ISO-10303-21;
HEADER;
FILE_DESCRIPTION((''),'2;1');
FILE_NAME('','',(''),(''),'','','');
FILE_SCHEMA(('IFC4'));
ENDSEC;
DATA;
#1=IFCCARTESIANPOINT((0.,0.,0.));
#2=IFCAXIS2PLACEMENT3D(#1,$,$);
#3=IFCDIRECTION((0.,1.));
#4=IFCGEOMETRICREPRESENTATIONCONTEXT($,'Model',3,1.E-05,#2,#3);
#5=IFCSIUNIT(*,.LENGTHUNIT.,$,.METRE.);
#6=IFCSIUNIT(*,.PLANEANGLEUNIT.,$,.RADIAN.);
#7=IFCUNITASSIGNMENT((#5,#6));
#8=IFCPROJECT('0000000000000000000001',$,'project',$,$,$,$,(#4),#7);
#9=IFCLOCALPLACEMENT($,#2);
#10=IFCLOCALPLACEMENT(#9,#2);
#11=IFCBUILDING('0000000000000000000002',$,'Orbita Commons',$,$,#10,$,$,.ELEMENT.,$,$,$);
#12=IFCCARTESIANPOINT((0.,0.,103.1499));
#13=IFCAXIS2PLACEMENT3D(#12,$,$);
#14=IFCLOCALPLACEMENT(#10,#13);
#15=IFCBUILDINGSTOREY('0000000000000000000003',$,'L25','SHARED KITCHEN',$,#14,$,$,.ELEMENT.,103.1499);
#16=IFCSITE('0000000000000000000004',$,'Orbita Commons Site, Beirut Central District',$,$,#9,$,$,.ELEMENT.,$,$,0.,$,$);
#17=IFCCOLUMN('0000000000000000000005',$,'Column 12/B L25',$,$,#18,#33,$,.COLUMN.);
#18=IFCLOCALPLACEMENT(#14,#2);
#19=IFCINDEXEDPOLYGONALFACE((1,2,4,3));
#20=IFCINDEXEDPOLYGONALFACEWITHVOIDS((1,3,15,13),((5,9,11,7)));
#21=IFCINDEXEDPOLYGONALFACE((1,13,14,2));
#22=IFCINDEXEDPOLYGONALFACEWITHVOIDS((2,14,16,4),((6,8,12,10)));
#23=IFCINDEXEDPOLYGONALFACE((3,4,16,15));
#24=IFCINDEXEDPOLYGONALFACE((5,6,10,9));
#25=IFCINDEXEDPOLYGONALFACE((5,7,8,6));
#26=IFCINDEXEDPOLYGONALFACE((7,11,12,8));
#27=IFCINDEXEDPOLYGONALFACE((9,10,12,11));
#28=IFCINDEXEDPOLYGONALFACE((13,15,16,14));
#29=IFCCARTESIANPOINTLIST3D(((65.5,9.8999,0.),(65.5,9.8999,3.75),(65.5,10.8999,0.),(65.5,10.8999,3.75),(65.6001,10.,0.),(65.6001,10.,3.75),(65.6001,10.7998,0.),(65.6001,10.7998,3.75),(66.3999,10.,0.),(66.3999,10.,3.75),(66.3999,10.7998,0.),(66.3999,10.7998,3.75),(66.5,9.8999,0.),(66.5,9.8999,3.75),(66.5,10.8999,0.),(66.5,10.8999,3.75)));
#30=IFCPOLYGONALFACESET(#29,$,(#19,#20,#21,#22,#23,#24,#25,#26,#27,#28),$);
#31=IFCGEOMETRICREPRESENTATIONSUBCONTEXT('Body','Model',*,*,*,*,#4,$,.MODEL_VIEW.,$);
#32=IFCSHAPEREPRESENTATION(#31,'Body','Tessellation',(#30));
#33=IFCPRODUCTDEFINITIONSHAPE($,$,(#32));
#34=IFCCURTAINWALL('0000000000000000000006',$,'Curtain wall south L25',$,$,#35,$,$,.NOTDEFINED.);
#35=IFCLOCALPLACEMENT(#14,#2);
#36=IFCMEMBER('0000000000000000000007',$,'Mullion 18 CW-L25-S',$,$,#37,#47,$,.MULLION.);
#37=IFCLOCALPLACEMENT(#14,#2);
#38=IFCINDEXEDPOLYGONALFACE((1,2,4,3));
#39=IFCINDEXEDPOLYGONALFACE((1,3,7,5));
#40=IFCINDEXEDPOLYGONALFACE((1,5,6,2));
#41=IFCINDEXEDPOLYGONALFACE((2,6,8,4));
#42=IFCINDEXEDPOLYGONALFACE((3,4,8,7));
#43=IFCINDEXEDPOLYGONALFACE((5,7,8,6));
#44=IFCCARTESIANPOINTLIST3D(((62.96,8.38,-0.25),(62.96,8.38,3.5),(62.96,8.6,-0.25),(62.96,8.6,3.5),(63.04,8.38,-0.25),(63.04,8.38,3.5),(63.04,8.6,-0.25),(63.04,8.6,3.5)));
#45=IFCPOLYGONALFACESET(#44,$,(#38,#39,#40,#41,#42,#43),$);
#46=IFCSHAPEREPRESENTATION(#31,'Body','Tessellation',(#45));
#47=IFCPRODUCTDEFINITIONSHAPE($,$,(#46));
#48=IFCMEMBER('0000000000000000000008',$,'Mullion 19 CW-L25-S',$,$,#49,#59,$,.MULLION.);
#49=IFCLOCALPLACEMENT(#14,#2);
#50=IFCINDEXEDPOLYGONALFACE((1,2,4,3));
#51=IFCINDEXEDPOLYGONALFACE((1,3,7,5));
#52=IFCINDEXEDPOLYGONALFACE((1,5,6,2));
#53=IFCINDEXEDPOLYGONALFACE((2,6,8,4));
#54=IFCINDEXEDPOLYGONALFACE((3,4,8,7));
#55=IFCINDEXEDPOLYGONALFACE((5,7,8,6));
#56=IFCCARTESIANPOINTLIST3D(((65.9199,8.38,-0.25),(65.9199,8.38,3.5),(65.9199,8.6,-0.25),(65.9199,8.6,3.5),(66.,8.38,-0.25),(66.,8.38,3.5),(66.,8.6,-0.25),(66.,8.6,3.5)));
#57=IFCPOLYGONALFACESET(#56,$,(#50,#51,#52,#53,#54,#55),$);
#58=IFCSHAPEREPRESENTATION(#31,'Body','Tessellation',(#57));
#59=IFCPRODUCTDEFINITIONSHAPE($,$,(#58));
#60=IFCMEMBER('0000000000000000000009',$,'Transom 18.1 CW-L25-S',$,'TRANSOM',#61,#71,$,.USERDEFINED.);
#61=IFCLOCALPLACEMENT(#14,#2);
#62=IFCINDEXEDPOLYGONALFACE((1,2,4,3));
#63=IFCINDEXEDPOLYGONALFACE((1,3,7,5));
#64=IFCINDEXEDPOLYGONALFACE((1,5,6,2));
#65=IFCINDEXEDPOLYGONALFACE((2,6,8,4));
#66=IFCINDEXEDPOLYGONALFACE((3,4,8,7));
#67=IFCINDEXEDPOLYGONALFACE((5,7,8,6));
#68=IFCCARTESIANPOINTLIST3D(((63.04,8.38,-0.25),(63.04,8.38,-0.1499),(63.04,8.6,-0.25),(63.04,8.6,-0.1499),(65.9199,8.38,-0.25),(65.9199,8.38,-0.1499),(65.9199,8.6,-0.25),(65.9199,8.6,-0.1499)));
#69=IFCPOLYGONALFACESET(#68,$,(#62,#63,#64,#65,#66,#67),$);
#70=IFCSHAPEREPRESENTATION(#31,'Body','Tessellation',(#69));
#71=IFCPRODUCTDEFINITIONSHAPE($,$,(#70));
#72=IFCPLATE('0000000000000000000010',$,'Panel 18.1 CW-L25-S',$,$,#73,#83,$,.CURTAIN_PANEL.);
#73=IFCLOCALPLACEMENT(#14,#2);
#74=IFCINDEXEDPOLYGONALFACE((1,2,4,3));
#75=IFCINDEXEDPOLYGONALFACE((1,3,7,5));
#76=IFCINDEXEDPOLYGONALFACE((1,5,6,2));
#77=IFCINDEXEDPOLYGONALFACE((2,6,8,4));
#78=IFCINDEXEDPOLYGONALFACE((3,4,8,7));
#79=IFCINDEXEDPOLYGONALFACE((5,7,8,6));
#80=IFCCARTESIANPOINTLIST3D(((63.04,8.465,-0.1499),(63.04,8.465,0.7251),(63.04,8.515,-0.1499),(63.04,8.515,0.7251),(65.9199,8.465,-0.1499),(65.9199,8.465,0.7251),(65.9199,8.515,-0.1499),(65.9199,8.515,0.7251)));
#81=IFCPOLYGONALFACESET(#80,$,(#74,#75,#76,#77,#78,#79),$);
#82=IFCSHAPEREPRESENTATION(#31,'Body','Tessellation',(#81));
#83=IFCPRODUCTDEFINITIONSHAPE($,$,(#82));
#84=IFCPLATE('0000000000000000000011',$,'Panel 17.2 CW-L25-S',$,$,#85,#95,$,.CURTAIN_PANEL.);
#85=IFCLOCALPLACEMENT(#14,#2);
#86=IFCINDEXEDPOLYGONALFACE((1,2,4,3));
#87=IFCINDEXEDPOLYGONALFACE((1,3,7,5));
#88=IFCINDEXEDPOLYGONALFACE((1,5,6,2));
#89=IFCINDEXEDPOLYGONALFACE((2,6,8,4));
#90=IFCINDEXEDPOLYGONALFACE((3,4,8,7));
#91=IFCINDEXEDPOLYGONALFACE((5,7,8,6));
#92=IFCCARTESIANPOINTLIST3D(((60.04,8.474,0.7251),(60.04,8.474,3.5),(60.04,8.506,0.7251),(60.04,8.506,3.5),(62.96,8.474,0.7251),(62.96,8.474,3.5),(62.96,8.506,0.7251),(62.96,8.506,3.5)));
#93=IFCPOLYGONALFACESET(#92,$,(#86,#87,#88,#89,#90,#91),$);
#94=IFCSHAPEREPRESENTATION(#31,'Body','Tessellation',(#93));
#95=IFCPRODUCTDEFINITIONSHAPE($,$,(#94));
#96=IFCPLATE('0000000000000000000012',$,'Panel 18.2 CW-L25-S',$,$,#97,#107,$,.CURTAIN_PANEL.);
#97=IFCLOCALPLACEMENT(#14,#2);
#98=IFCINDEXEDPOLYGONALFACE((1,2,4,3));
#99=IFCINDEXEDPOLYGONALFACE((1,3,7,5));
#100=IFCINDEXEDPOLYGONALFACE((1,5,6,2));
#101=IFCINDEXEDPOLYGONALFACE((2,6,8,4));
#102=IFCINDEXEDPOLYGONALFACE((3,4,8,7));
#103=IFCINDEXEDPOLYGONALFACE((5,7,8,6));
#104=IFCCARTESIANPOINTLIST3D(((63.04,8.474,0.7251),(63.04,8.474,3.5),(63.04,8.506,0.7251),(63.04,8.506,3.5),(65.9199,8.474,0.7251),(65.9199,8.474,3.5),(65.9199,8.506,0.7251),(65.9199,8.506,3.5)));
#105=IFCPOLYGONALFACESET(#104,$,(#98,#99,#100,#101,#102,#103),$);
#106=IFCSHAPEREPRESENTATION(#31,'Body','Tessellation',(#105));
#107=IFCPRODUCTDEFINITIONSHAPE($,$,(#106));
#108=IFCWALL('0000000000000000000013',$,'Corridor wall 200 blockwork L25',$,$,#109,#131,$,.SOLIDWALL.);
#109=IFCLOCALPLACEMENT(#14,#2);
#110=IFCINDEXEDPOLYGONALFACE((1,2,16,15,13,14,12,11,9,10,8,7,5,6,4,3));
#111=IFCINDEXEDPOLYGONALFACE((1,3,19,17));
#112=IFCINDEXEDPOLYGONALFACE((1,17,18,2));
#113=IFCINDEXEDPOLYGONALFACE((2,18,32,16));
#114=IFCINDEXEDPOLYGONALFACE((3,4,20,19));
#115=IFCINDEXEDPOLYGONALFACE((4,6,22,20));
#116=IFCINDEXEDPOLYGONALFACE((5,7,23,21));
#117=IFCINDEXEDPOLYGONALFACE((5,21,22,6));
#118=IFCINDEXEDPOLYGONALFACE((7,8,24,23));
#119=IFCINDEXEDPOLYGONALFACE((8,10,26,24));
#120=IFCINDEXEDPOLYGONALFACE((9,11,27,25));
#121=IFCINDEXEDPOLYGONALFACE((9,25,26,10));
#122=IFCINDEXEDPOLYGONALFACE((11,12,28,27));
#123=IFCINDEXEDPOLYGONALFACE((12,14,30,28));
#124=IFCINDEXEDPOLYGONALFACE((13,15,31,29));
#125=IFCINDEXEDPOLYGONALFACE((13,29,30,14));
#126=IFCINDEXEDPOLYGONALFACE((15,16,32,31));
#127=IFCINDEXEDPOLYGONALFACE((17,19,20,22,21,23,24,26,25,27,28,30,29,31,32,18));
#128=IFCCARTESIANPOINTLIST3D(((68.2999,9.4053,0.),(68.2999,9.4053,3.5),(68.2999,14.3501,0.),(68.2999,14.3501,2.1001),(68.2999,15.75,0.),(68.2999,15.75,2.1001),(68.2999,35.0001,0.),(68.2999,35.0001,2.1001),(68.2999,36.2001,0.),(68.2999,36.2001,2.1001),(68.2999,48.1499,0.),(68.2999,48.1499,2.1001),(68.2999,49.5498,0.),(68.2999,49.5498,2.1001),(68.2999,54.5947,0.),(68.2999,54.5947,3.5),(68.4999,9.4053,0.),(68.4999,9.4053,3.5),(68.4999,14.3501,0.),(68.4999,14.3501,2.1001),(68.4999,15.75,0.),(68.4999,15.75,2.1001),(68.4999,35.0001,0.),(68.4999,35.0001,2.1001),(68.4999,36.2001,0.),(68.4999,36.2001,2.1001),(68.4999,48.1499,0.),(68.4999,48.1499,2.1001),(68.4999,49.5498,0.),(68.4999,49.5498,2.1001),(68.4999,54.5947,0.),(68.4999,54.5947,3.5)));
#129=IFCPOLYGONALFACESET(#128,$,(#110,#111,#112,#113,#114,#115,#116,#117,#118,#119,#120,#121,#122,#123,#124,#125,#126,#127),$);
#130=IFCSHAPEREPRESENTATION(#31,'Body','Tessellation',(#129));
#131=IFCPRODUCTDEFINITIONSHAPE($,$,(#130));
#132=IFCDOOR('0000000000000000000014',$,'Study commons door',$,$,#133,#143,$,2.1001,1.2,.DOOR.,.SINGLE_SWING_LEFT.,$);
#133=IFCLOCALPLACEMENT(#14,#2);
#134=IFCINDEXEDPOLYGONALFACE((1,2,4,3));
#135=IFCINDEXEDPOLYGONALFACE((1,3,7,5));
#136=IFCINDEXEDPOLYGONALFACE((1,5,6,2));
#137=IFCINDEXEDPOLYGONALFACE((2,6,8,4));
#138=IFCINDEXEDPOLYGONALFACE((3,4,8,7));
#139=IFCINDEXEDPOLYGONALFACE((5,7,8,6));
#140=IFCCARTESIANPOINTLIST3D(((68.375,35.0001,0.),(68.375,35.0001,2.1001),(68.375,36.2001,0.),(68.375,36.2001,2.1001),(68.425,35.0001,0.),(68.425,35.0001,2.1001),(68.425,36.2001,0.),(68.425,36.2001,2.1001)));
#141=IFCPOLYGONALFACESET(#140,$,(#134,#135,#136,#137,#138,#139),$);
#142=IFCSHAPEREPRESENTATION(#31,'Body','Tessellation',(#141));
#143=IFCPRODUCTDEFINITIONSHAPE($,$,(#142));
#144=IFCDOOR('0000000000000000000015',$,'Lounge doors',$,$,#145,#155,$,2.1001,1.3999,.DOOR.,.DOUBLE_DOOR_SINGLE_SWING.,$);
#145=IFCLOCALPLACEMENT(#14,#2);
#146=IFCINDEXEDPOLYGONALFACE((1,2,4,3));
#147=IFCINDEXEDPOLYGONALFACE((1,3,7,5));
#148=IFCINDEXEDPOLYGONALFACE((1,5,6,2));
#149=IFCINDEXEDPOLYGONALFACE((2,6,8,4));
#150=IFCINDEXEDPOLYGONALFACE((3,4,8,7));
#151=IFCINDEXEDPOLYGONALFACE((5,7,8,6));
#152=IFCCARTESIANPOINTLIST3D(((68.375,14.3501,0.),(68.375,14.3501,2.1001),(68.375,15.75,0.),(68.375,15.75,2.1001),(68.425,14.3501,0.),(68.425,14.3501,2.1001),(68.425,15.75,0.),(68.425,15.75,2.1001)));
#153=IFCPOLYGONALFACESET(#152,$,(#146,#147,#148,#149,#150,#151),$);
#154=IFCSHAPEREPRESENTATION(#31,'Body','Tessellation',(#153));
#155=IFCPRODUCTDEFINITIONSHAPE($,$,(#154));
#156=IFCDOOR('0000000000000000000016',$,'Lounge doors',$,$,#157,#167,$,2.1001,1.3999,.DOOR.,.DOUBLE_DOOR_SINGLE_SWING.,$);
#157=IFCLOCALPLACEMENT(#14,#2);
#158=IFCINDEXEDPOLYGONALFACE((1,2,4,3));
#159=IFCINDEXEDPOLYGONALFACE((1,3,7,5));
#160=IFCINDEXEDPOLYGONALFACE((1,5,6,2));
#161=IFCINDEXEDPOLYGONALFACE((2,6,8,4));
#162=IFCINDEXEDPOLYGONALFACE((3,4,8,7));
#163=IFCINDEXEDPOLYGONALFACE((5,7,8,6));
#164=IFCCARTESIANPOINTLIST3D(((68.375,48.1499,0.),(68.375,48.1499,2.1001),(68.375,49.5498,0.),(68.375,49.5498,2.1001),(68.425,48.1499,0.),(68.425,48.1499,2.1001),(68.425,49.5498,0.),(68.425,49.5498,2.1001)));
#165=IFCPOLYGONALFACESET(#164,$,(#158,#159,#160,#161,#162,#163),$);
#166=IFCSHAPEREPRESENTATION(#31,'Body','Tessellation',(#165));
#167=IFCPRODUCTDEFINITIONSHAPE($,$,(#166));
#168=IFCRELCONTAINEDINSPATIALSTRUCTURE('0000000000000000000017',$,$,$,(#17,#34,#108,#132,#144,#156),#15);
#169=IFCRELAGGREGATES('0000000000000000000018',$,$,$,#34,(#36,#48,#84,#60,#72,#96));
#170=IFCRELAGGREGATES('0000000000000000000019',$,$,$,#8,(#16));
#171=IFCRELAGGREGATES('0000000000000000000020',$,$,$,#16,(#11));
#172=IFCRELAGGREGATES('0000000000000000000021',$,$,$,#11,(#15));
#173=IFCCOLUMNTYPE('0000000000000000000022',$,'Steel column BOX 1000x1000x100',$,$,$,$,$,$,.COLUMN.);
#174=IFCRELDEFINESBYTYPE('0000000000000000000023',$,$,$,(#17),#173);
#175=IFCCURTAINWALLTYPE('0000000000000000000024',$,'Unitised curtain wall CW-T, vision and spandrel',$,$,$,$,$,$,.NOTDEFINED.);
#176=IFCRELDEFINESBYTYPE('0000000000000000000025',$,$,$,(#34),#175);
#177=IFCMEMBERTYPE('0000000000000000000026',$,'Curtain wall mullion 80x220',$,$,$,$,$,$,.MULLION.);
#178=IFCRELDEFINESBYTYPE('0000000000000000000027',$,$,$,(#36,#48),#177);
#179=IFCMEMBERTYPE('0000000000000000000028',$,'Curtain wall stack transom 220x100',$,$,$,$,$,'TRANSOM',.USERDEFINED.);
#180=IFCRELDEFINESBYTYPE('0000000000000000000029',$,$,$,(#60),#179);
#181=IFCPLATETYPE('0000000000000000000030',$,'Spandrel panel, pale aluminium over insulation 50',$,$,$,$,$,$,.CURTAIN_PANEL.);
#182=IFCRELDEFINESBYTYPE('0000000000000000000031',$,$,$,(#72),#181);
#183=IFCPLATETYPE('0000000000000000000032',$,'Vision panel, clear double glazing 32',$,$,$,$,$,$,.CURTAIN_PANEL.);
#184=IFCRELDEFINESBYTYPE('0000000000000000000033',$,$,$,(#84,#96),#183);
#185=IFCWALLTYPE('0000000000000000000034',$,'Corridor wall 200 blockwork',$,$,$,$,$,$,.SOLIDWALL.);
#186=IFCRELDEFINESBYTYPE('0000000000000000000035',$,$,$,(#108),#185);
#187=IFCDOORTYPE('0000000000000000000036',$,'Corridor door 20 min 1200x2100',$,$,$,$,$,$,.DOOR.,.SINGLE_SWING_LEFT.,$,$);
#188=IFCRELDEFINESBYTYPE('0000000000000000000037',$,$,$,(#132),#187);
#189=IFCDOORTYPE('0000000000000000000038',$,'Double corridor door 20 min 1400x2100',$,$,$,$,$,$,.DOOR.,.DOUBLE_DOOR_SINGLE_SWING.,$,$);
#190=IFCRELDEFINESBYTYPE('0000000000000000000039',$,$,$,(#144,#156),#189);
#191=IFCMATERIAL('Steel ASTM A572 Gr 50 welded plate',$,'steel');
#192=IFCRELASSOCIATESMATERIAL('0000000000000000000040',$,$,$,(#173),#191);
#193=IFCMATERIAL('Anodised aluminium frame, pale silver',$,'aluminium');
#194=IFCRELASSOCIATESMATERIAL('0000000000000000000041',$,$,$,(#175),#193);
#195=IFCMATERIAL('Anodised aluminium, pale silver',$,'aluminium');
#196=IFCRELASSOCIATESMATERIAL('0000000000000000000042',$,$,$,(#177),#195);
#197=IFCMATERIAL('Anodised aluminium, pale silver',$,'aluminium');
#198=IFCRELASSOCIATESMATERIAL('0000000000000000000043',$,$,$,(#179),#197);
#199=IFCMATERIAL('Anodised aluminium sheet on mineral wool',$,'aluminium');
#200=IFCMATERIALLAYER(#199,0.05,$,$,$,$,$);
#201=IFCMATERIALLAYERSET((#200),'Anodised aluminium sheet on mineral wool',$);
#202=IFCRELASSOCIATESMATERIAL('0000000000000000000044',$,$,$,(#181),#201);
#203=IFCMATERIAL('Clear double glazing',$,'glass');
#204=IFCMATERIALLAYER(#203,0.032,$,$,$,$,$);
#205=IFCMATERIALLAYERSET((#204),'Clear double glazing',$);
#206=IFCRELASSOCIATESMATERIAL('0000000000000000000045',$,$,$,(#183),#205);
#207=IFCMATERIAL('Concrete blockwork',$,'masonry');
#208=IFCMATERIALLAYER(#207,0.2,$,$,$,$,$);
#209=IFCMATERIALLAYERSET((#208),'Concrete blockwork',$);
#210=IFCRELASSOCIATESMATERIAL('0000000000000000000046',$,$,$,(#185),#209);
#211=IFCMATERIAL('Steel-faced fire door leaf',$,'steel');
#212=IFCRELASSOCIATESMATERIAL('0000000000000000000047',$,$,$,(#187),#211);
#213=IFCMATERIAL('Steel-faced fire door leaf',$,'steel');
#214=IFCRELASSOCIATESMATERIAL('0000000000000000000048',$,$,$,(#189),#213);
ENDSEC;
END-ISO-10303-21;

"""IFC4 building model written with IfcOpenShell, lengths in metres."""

from ifc_helpers import new_model, si_unit, direction, frame, frame_2d, origin, origin_2d, place, context, subcontext, project, spatial, rectangle, hollow_rectangle, extrude, material, layer, layer_set, material_profile, profile_set, type_object, element, fill, aggregate, save


model = new_model("IFC4")

# Units and contexts
model_context = context("Model", 3, precision=1e-05, world=origin(), true_north=direction((0.0, 1.0)))
body_context = subcontext(model_context, "Body", "Model", "MODEL_VIEW")
ifc_project = project(units=[si_unit("LENGTHUNIT", "METRE"), si_unit("PLANEANGLEUNIT", "RADIAN")], contexts=[model_context])

# Site, building, storey
site_placement = place(None, origin())
site = spatial("IfcSite", under=ifc_project, at=site_placement, Name="Orbita Commons Site, Beirut Central District", CompositionType="ELEMENT", RefElevation=0.0)
building_placement = place(site_placement, origin())
building = spatial("IfcBuilding", under=site, at=building_placement, Name="Orbita Commons", CompositionType="ELEMENT")
storey_placement = place(building_placement, frame((0.0, 0.0, 103.1499)))
storey = spatial("IfcBuildingStorey", under=building, at=storey_placement, Name="L25", Description="SHARED KITCHEN", CompositionType="ELEMENT", Elevation=103.1499)

# Column
ifc_material_1 = material(Name="Steel ASTM A572 Gr 50 welded plate", Category="steel")
ifc_material_profile_1 = material_profile(ifc_material_1, hollow_rectangle(XDim=1.0, YDim=1.0, WallThickness=0.1001, at=origin_2d()), Name="BOX 1000x1000x100")
ifc_profile_set_1 = profile_set([ifc_material_profile_1], Name="Steel ASTM A572 Gr 50 welded plate")
column_type = type_object("IfcColumnType", Name="Steel column BOX 1000x1000x100", PredefinedType="COLUMN", material=ifc_profile_set_1)
column_placement = place(storey_placement, frame((66.0, 10.3999, 0.0), z_axis=(0.0, 0.0, 1.0), x_axis=(1.0, 0.0, 0.0)))
element("IfcColumn", 1, at=column_placement, inside=storey, type_object=column_type, Name="Column 12/B L25", PredefinedType="COLUMN", context=body_context, shape_type="SweptSolid", body=[
    extrude(hollow_rectangle(XDim=1.0, YDim=1.0, WallThickness=0.1001, at=origin_2d()), origin(), (0.0, 0.0, 1.0), 3.75),
])

# Curtain wall, members, plates
ifc_material_2 = material(Name="Anodised aluminium frame, pale silver", Category="aluminium")
curtain_wall_type = type_object("IfcCurtainWallType", Name="Unitised curtain wall CW-T, vision and spandrel", PredefinedType="NOTDEFINED", material=ifc_material_2)
curtain_wall_placement = place(storey_placement, origin())
curtain_wall = element("IfcCurtainWall", 2, at=curtain_wall_placement, inside=storey, type_object=curtain_wall_type, Name="Curtain wall south L25", PredefinedType="NOTDEFINED")
ifc_material_3 = material(Name="Anodised aluminium, pale silver", Category="aluminium")
ifc_material_profile_2 = material_profile(ifc_material_3, rectangle(XDim=0.0801, YDim=0.22, at=origin_2d()), Name="AL 80x220")
ifc_profile_set_2 = profile_set([ifc_material_profile_2], Name="Anodised aluminium, pale silver")
member_type_1 = type_object("IfcMemberType", Name="Curtain wall mullion 80x220", PredefinedType="MULLION", material=ifc_profile_set_2)
member_1_placement = place(storey_placement, frame((63.0, 8.49, -0.25), z_axis=(0.0, 0.0, 1.0), x_axis=(1.0, 0.0, 0.0)))
member_1 = element("IfcMember", 3, at=member_1_placement, type_object=member_type_1, Name="Mullion 18 CW-L25-S", PredefinedType="MULLION", context=body_context, shape_type="SweptSolid", body=[
    extrude(rectangle(XDim=0.0801, YDim=0.22, at=origin_2d()), origin(), (0.0, 0.0, 1.0), 3.75),
])
member_2_placement = place(storey_placement, frame((65.96, 8.49, -0.25), z_axis=(0.0, 0.0, 1.0), x_axis=(1.0, 0.0, 0.0)))
member_2 = element("IfcMember", 4, at=member_2_placement, type_object=member_type_1, Name="Mullion 19 CW-L25-S", PredefinedType="MULLION", context=body_context, shape_type="SweptSolid", body=[
    extrude(rectangle(XDim=0.0801, YDim=0.22, at=origin_2d()), origin(), (0.0, 0.0, 1.0), 3.75),
])
ifc_material_4 = material(Name="Anodised aluminium, pale silver", Category="aluminium")
ifc_material_profile_3 = material_profile(ifc_material_4, rectangle(XDim=0.22, YDim=0.1001, at=origin_2d()), Name="AL 220x100")
ifc_profile_set_3 = profile_set([ifc_material_profile_3], Name="Anodised aluminium, pale silver")
member_type_2 = type_object("IfcMemberType", Name="Curtain wall stack transom 220x100", ElementType="TRANSOM", PredefinedType="USERDEFINED", material=ifc_profile_set_3)
member_3_placement = place(storey_placement, frame((63.04, 8.49, -0.2), z_axis=(1.0, 0.0, 0.0), x_axis=(0.0, 1.0, 0.0)))
member_3 = element("IfcMember", 5, at=member_3_placement, type_object=member_type_2, Name="Transom 18.1 CW-L25-S", ObjectType="TRANSOM", PredefinedType="USERDEFINED", context=body_context, shape_type="SweptSolid", body=[
    extrude(rectangle(XDim=0.22, YDim=0.1001, at=origin_2d()), origin(), (0.0, 0.0, 1.0), 2.8799),
])
ifc_material_5 = material(Name="Anodised aluminium sheet on mineral wool", Category="aluminium")
ifc_layer_1 = layer(ifc_material_5, 0.05)
ifc_layer_set_1 = layer_set([ifc_layer_1], Name="Anodised aluminium sheet on mineral wool")
plate_type_1 = type_object("IfcPlateType", Name="Spandrel panel, pale aluminium over insulation 50", PredefinedType="CURTAIN_PANEL", material=ifc_layer_set_1)
plate_1_placement = place(storey_placement, frame((64.48, 8.49, -0.1499), z_axis=(0.0, 0.0, 1.0), x_axis=(1.0, 0.0, 0.0)))
plate_1 = element("IfcPlate", 6, at=plate_1_placement, type_object=plate_type_1, Name="Panel 18.1 CW-L25-S", PredefinedType="CURTAIN_PANEL", context=body_context, shape_type="SweptSolid", body=[
    extrude(rectangle(XDim=2.8799, YDim=0.05, at=origin_2d()), origin(), (0.0, 0.0, 1.0), 0.875),
])
ifc_material_6 = material(Name="Clear double glazing", Category="glass")
ifc_layer_2 = layer(ifc_material_6, 0.032)
ifc_layer_set_2 = layer_set([ifc_layer_2], Name="Clear double glazing")
plate_type_2 = type_object("IfcPlateType", Name="Vision panel, clear double glazing 32", PredefinedType="CURTAIN_PANEL", material=ifc_layer_set_2)
plate_2_placement = place(storey_placement, frame((61.5, 8.49, 0.7251), z_axis=(0.0, 0.0, 1.0), x_axis=(1.0, 0.0, 0.0)))
plate_2 = element("IfcPlate", 7, at=plate_2_placement, type_object=plate_type_2, Name="Panel 17.2 CW-L25-S", PredefinedType="CURTAIN_PANEL", context=body_context, shape_type="SweptSolid", body=[
    extrude(rectangle(XDim=2.9199, YDim=0.032, at=origin_2d()), origin(), (0.0, 0.0, 1.0), 2.7749),
])
plate_3_placement = place(storey_placement, frame((64.48, 8.49, 0.7251), z_axis=(0.0, 0.0, 1.0), x_axis=(1.0, 0.0, 0.0)))
plate_3 = element("IfcPlate", 8, at=plate_3_placement, type_object=plate_type_2, Name="Panel 18.2 CW-L25-S", PredefinedType="CURTAIN_PANEL", context=body_context, shape_type="SweptSolid", body=[
    extrude(rectangle(XDim=2.8799, YDim=0.032, at=origin_2d()), origin(), (0.0, 0.0, 1.0), 2.7749),
])
aggregate(curtain_wall, [member_1, member_2, plate_2, member_3, plate_1, plate_3])

# Wall, openings, doors
ifc_material_7 = material(Name="Concrete blockwork", Category="masonry")
ifc_layer_3 = layer(ifc_material_7, 0.2)
ifc_layer_set_3 = layer_set([ifc_layer_3], Name="Concrete blockwork")
wall_type_1 = type_object("IfcWallType", Name="Corridor wall 200 blockwork", PredefinedType="SOLIDWALL", material=ifc_layer_set_3)
wall_1_placement = place(storey_placement, frame((68.3999, 9.4053, 0.0), z_axis=(0.0, 0.0, 1.0), x_axis=(0.0, 1.0, 0.0)))
wall_1 = element("IfcWall", 9, at=wall_1_placement, inside=storey, type_object=wall_type_1, Name="Corridor wall 200 blockwork L25", PredefinedType="SOLIDWALL", context=body_context, shape_type="SweptSolid", body=[
    extrude(rectangle(XDim=45.1895, YDim=0.2, at=frame_2d((22.5947, 0.0))), origin(), (0.0, 0.0, 1.0), 3.5),
])
opening_1_placement = place(wall_1_placement, frame((25.5947, 0.0, 0.0)))
opening_1 = element("IfcOpeningElement", 10, at=opening_1_placement, cuts=wall_1, PredefinedType="OPENING", context=body_context, shape_type="SweptSolid", body=[
    extrude(rectangle(XDim=1.2, YDim=2.1001, at=frame_2d((0.6001, 1.05))), frame((0.0, 0.1099, 0.0), z_axis=(0.0, -1.0, 0.0), x_axis=(1.0, 0.0, 0.0)), (0.0, 0.0, 1.0), 0.22),
])
opening_2_placement = place(wall_1_placement, frame((4.9448, 0.0, 0.0)))
opening_2 = element("IfcOpeningElement", 11, at=opening_2_placement, cuts=wall_1, PredefinedType="OPENING", context=body_context, shape_type="SweptSolid", body=[
    extrude(rectangle(XDim=1.3999, YDim=2.1001, at=frame_2d((0.7, 1.05))), frame((0.0, 0.1099, 0.0), z_axis=(0.0, -1.0, 0.0), x_axis=(1.0, 0.0, 0.0)), (0.0, 0.0, 1.0), 0.22),
])
opening_3_placement = place(wall_1_placement, frame((38.7446, 0.0, 0.0)))
opening_3 = element("IfcOpeningElement", 12, at=opening_3_placement, cuts=wall_1, PredefinedType="OPENING", context=body_context, shape_type="SweptSolid", body=[
    extrude(rectangle(XDim=1.3999, YDim=2.1001, at=frame_2d((0.7, 1.05))), frame((0.0, 0.1099, 0.0), z_axis=(0.0, -1.0, 0.0), x_axis=(1.0, 0.0, 0.0)), (0.0, 0.0, 1.0), 0.22),
])
ifc_material_8 = material(Name="Steel-faced fire door leaf", Category="steel")
door_type_1 = type_object("IfcDoorType", Name="Corridor door 20 min 1200x2100", OperationType="SINGLE_SWING_LEFT", PredefinedType="DOOR", material=ifc_material_8)
door_1_placement = place(opening_1_placement, origin())
door_1 = element("IfcDoor", 13, at=door_1_placement, inside=storey, type_object=door_type_1, Name="Study commons door", OperationType="SINGLE_SWING_LEFT", OverallHeight=2.1001, OverallWidth=1.2, PredefinedType="DOOR", context=body_context, shape_type="SweptSolid", body=[
    extrude(rectangle(XDim=1.2, YDim=2.1001, at=frame_2d((0.6001, 1.05))), frame((0.0, 0.0249, 0.0), z_axis=(0.0, -1.0, 0.0), x_axis=(1.0, 0.0, 0.0)), (0.0, 0.0, 1.0), 0.05),
])
fill(opening_1, door_1)
ifc_material_9 = material(Name="Steel-faced fire door leaf", Category="steel")
door_type_2 = type_object("IfcDoorType", Name="Double corridor door 20 min 1400x2100", OperationType="DOUBLE_DOOR_SINGLE_SWING", PredefinedType="DOOR", material=ifc_material_9)
door_2_placement = place(opening_2_placement, origin())
door_2 = element("IfcDoor", 14, at=door_2_placement, inside=storey, type_object=door_type_2, Name="Lounge doors", OperationType="DOUBLE_DOOR_SINGLE_SWING", OverallHeight=2.1001, OverallWidth=1.3999, PredefinedType="DOOR", context=body_context, shape_type="SweptSolid", body=[
    extrude(rectangle(XDim=1.3999, YDim=2.1001, at=frame_2d((0.7, 1.05))), frame((0.0, 0.0249, 0.0), z_axis=(0.0, -1.0, 0.0), x_axis=(1.0, 0.0, 0.0)), (0.0, 0.0, 1.0), 0.05),
])
fill(opening_2, door_2)
door_3_placement = place(opening_3_placement, origin())
door_3 = element("IfcDoor", 15, at=door_3_placement, inside=storey, type_object=door_type_2, Name="Lounge doors", OperationType="DOUBLE_DOOR_SINGLE_SWING", OverallHeight=2.1001, OverallWidth=1.3999, PredefinedType="DOOR", context=body_context, shape_type="SweptSolid", body=[
    extrude(rectangle(XDim=1.3999, YDim=2.1001, at=frame_2d((0.7, 1.05))), frame((0.0, 0.0249, 0.0), z_axis=(0.0, -1.0, 0.0), x_axis=(1.0, 0.0, 0.0)), (0.0, 0.0, 1.0), 0.05),
])
fill(opening_3, door_3)

save(model, "model.ifc")
